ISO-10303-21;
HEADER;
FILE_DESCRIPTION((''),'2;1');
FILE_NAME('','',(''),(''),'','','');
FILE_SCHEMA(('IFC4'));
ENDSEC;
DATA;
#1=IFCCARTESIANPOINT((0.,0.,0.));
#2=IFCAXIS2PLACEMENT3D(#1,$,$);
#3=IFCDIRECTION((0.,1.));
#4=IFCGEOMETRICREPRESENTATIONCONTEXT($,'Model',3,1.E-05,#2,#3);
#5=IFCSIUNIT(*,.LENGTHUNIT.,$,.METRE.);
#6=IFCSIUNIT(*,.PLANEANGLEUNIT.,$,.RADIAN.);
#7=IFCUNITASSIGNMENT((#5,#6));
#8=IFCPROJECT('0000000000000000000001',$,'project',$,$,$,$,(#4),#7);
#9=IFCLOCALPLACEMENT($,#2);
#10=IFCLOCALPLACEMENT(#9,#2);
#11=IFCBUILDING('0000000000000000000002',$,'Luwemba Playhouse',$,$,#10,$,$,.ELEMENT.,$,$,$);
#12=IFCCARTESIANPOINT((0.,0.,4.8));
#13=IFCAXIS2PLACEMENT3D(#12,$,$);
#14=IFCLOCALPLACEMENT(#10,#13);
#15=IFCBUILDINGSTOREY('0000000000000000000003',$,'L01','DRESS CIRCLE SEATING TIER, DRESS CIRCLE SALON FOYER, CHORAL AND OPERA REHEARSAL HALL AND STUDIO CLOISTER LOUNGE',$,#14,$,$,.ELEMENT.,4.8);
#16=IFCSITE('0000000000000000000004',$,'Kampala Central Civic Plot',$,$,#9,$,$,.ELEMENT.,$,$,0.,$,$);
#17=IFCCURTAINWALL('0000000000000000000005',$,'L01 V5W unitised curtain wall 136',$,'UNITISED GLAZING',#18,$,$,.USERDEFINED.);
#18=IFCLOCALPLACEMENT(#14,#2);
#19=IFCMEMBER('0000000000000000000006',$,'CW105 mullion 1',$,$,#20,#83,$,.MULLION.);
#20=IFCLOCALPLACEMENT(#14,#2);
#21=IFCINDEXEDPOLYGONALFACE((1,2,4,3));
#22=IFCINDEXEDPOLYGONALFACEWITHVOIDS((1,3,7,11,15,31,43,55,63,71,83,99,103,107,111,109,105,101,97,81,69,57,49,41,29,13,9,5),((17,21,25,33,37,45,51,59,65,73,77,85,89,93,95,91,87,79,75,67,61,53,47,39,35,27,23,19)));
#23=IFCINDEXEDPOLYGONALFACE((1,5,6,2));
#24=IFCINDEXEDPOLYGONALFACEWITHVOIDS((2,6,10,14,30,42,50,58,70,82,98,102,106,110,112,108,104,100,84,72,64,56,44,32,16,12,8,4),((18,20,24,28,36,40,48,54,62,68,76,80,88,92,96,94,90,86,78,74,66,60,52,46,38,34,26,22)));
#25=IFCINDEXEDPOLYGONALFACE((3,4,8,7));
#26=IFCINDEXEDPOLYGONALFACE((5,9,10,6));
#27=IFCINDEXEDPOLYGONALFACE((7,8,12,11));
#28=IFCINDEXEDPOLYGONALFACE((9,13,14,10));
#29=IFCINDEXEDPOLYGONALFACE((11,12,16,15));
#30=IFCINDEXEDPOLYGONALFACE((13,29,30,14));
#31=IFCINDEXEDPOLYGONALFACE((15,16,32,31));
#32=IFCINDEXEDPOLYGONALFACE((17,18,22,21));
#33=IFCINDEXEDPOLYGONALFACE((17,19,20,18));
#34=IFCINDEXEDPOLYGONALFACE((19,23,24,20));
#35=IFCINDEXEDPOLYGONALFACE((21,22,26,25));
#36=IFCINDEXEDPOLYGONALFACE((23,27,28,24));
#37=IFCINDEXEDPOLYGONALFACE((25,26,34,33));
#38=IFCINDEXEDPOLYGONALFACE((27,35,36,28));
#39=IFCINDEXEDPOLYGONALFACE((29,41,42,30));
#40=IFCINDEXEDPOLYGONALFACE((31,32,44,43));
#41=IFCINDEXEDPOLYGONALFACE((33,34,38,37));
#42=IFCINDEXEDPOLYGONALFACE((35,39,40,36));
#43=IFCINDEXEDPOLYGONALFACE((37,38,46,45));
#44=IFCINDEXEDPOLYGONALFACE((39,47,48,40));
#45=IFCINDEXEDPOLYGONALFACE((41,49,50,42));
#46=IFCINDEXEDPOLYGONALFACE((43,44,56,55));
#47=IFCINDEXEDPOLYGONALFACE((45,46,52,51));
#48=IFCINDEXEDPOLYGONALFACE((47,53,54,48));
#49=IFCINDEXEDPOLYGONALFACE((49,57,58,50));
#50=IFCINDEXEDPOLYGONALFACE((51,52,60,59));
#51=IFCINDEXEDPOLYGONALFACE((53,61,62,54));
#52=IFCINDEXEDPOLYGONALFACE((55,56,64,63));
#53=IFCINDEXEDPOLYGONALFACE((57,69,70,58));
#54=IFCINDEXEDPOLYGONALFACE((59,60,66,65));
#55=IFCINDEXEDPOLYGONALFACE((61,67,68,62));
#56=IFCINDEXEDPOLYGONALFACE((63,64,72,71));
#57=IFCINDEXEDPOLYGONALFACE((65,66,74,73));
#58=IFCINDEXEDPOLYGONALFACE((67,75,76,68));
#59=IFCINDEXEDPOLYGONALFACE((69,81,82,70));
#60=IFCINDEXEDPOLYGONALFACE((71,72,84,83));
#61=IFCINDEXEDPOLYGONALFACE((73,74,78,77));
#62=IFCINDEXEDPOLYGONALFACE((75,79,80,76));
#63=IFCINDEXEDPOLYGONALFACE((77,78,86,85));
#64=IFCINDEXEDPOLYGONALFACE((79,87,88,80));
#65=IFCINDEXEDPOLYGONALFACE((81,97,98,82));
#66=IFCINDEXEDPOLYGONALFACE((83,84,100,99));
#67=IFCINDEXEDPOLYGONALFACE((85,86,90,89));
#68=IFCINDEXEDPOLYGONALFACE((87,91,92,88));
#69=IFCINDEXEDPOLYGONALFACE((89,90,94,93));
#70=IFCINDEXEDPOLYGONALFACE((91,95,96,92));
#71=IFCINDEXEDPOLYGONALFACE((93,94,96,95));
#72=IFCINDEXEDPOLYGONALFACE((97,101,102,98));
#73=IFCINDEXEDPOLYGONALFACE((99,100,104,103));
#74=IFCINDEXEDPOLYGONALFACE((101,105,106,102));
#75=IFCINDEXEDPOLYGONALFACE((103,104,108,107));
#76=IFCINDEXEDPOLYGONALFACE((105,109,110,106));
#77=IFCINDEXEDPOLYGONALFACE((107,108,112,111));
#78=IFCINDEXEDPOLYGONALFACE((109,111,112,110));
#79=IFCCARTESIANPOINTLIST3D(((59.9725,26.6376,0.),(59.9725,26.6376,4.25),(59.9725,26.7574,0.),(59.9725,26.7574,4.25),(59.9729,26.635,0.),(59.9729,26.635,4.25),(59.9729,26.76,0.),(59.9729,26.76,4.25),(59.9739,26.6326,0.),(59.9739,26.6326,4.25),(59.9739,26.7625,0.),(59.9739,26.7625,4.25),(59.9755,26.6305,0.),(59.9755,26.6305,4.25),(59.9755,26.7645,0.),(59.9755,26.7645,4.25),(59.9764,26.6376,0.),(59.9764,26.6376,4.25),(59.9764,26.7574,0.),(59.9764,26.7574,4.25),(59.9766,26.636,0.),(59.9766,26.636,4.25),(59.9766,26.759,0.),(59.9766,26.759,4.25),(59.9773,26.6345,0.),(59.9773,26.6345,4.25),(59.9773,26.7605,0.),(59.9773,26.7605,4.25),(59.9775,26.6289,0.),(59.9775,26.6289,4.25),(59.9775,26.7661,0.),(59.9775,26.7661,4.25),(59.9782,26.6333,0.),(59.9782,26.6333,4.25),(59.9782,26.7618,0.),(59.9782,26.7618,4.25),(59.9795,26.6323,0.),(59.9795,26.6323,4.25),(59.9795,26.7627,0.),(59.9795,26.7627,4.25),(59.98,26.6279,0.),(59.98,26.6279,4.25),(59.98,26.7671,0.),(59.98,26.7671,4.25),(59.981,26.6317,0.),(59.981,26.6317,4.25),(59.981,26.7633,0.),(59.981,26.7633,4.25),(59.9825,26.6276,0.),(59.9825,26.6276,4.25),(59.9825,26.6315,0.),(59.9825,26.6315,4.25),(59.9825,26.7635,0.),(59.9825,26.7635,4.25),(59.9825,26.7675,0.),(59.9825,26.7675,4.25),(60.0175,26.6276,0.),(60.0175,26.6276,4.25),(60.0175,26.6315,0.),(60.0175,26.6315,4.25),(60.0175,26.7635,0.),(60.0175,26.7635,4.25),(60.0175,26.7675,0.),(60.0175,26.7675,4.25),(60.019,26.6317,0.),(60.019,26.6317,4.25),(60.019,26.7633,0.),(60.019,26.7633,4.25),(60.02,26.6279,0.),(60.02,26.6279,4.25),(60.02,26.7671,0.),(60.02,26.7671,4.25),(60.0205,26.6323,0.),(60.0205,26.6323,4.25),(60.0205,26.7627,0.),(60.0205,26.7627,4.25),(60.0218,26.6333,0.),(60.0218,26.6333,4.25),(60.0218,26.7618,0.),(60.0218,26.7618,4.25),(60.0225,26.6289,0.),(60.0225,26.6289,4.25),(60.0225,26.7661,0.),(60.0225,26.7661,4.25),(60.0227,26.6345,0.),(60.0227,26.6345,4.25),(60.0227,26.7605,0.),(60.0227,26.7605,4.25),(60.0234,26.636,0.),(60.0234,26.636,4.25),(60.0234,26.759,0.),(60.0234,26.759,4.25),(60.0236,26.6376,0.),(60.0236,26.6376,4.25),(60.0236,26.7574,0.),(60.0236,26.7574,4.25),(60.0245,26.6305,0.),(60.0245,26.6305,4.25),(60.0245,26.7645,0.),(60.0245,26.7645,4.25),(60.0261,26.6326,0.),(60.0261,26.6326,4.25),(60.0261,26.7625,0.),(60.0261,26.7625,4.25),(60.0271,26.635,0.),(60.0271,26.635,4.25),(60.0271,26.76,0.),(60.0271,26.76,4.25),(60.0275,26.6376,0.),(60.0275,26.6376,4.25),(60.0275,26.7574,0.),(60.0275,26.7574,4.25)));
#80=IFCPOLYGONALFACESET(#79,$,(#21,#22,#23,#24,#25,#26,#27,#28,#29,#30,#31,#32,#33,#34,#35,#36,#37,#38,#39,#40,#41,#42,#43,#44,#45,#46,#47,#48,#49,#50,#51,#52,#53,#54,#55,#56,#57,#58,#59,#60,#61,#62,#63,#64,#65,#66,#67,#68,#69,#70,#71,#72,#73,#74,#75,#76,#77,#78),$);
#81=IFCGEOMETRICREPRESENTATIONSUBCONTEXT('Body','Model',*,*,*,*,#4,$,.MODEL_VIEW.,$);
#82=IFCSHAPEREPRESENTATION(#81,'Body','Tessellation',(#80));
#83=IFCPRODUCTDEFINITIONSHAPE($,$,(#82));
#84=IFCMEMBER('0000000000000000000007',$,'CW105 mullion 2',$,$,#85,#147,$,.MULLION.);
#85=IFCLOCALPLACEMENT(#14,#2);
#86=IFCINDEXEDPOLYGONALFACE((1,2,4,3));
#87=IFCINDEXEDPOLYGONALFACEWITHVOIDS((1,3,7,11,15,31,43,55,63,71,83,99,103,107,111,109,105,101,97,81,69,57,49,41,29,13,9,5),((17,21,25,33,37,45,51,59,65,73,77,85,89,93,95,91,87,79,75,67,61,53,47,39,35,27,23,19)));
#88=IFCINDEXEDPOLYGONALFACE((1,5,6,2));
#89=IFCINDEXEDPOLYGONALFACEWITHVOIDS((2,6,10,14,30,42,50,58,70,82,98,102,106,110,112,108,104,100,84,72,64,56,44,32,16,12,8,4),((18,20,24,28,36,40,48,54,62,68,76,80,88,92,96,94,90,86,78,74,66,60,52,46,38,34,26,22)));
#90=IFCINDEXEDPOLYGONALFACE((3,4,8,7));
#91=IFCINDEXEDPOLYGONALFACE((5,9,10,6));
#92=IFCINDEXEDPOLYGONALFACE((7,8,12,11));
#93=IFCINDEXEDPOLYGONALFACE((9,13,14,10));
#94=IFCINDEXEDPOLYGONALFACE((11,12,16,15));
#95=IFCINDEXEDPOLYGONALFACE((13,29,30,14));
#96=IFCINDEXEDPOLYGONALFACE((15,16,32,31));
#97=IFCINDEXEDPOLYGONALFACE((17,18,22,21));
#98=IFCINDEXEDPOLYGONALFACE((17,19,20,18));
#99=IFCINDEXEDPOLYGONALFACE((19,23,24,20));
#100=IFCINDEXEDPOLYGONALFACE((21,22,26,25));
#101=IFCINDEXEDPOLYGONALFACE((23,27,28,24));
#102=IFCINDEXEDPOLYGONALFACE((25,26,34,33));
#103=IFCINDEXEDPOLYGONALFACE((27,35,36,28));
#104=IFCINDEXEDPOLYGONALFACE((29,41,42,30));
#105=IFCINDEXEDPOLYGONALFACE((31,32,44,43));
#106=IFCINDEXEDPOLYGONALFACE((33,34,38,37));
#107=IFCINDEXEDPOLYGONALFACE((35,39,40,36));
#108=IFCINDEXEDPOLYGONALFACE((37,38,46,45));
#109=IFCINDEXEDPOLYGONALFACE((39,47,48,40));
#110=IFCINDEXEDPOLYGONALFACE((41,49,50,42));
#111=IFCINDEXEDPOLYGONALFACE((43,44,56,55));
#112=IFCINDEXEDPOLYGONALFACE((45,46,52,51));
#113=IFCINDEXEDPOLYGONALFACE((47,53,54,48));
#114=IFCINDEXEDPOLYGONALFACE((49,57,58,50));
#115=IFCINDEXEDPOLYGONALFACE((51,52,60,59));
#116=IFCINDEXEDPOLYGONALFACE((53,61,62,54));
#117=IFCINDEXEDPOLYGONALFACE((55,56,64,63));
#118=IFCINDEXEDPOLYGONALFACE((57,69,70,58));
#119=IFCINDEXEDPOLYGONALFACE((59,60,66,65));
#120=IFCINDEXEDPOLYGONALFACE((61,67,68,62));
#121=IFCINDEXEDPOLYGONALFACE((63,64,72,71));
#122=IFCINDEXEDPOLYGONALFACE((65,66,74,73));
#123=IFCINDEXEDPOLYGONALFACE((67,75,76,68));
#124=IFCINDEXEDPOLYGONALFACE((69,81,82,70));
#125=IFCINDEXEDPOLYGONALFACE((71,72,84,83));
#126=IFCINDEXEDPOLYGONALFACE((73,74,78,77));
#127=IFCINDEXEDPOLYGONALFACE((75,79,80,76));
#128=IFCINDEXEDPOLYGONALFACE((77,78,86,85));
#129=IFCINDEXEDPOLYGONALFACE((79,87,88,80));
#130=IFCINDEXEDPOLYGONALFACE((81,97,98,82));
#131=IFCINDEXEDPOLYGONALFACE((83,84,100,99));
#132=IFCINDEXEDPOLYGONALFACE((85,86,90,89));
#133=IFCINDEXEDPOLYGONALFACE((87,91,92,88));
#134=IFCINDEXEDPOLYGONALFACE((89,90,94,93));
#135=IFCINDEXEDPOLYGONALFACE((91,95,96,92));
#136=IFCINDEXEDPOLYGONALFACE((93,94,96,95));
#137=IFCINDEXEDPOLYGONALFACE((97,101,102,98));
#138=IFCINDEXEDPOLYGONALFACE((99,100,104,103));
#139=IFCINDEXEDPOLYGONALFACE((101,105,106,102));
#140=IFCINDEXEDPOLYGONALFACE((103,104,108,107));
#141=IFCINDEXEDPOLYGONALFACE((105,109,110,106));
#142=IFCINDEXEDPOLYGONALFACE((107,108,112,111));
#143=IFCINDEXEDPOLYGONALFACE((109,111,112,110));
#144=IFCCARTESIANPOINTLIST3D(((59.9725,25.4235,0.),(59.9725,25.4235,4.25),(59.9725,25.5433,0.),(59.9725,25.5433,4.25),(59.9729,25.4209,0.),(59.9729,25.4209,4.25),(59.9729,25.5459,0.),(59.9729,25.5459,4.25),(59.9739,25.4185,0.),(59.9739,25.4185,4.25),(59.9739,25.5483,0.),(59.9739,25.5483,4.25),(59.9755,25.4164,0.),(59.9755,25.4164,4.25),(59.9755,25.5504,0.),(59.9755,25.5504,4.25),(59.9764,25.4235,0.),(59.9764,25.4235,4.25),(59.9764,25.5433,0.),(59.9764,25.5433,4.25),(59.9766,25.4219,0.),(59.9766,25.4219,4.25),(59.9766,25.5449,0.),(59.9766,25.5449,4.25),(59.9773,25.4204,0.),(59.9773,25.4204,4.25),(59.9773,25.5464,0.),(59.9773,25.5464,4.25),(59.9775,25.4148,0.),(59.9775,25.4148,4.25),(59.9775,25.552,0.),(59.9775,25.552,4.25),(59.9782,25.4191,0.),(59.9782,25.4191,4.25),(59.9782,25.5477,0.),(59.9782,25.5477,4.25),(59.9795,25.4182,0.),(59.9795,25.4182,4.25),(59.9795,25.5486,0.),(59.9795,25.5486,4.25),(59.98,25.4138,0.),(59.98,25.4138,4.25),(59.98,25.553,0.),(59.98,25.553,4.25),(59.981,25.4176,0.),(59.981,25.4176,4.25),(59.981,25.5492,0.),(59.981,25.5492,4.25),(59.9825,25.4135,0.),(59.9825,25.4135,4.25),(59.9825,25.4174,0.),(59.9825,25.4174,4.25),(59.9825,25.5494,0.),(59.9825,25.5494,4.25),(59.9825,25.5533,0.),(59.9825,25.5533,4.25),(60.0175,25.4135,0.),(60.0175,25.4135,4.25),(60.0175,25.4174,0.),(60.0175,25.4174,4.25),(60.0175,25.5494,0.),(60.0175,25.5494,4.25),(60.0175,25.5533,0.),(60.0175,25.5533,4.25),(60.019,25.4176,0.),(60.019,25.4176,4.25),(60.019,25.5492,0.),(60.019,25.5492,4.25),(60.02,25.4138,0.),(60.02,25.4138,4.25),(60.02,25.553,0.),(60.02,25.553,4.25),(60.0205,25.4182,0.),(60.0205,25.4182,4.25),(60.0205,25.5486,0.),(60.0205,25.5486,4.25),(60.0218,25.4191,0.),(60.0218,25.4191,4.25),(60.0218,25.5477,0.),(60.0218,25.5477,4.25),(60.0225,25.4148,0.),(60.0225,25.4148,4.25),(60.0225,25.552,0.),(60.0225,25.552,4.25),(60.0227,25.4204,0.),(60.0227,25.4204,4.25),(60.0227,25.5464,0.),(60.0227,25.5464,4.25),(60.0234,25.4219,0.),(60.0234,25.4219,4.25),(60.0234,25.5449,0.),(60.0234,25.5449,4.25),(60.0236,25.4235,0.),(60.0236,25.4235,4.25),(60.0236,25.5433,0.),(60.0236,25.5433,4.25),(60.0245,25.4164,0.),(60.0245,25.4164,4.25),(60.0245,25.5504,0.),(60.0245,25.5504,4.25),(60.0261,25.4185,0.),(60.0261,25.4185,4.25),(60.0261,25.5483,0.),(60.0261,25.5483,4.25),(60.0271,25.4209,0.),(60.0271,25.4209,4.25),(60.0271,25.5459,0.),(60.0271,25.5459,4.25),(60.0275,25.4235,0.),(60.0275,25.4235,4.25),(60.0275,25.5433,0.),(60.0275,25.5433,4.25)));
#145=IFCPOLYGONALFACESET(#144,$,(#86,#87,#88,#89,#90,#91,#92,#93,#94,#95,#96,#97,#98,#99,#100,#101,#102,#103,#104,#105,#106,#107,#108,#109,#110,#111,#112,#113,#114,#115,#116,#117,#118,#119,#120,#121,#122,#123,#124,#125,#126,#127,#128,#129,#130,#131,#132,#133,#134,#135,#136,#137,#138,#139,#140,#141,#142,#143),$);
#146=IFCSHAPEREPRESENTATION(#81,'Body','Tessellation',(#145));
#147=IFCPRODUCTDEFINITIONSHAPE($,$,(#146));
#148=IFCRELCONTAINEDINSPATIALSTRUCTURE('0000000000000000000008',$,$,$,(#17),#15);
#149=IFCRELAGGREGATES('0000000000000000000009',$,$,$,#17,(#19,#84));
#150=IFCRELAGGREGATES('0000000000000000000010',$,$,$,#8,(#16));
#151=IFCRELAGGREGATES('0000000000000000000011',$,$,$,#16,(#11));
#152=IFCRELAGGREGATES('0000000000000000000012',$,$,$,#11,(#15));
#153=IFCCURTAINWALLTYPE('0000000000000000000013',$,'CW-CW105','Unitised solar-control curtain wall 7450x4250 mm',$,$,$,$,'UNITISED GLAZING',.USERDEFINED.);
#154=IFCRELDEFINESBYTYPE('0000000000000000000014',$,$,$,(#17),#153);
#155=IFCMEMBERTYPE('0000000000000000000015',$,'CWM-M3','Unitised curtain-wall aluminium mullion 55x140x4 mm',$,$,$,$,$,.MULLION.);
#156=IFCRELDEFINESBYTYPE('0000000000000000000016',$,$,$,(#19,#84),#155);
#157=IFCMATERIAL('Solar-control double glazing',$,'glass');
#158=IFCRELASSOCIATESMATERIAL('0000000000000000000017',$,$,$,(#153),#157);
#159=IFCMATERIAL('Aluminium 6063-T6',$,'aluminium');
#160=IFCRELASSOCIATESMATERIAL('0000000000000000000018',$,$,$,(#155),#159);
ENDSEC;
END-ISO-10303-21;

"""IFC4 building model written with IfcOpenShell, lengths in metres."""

from ifc_helpers import new_model, si_unit, direction, frame, origin, origin_2d, place, context, subcontext, project, spatial, hollow_rectangle, extrude, material, material_profile, profile_set, type_object, element, aggregate, save


model = new_model("IFC4")

# Units and contexts
model_context = context("Model", 3, precision=1e-05, world=origin(), true_north=direction((0.0, 1.0)))
body_context = subcontext(model_context, "Body", "Model", "MODEL_VIEW")
ifc_project = project(units=[si_unit("LENGTHUNIT", "METRE"), si_unit("PLANEANGLEUNIT", "RADIAN")], contexts=[model_context])

# Site, building, storey
site_placement = place(None, origin())
site = spatial("IfcSite", under=ifc_project, at=site_placement, Name="Kampala Central Civic Plot", CompositionType="ELEMENT", RefElevation=0.0)
building_placement = place(site_placement, origin())
building = spatial("IfcBuilding", under=site, at=building_placement, Name="Luwemba Playhouse", CompositionType="ELEMENT")
storey_placement = place(building_placement, frame((0.0, 0.0, 4.8)))
storey = spatial("IfcBuildingStorey", under=building, at=storey_placement, Name="L01", Description="DRESS CIRCLE SEATING TIER, DRESS CIRCLE SALON FOYER, CHORAL AND OPERA REHEARSAL HALL AND STUDIO CLOISTER LOUNGE", CompositionType="ELEMENT", Elevation=4.8)

# Curtain wall, members
ifc_material_1 = material(Name="Solar-control double glazing", Category="glass")
curtain_wall_type = type_object("IfcCurtainWallType", Name="CW-CW105", Description="Unitised solar-control curtain wall 7450x4250 mm", ElementType="UNITISED GLAZING", PredefinedType="USERDEFINED", material=ifc_material_1)
curtain_wall_placement = place(storey_placement, origin())
curtain_wall = element("IfcCurtainWall", 1, at=curtain_wall_placement, inside=storey, type_object=curtain_wall_type, Name="L01 V5W unitised curtain wall 136", ObjectType="UNITISED GLAZING", PredefinedType="USERDEFINED")
ifc_material_2 = material(Name="Aluminium 6063-T6", Category="aluminium")
ifc_material_profile_1 = material_profile(ifc_material_2, hollow_rectangle(XDim=0.0549, YDim=0.1399, WallThickness=0.0039, InnerFilletRadius=0.0061, OuterFilletRadius=0.01, at=origin_2d()))
ifc_profile_set_1 = profile_set([ifc_material_profile_1], Name="Aluminium 6063-T6")
member_type_1 = type_object("IfcMemberType", Name="CWM-M3", Description="Unitised curtain-wall aluminium mullion 55x140x4 mm", PredefinedType="MULLION", material=ifc_profile_set_1)
member_1_placement = place(storey_placement, frame((60.0, 26.6975, 0.0), z_axis=(0.0, 0.0, 1.0), x_axis=(1.0, 0.0, 0.0)))
member_1 = element("IfcMember", 2, at=member_1_placement, type_object=member_type_1, Name="CW105 mullion 1", PredefinedType="MULLION", context=body_context, shape_type="SweptSolid", body=[
    extrude(hollow_rectangle(XDim=0.0549, YDim=0.1399, WallThickness=0.0039, InnerFilletRadius=0.0061, OuterFilletRadius=0.01, at=origin_2d()), origin(), (0.0, 0.0, 1.0), 4.25),
])
member_2_placement = place(storey_placement, frame((60.0, 25.4834, 0.0), z_axis=(0.0, 0.0, 1.0), x_axis=(1.0, 0.0, 0.0)))
member_2 = element("IfcMember", 3, at=member_2_placement, type_object=member_type_1, Name="CW105 mullion 2", PredefinedType="MULLION", context=body_context, shape_type="SweptSolid", body=[
    extrude(hollow_rectangle(XDim=0.0549, YDim=0.1399, WallThickness=0.0039, InnerFilletRadius=0.0061, OuterFilletRadius=0.01, at=origin_2d()), origin(), (0.0, 0.0, 1.0), 4.25),
])
aggregate(curtain_wall, [member_1, member_2])

save(model, "model.ifc")
